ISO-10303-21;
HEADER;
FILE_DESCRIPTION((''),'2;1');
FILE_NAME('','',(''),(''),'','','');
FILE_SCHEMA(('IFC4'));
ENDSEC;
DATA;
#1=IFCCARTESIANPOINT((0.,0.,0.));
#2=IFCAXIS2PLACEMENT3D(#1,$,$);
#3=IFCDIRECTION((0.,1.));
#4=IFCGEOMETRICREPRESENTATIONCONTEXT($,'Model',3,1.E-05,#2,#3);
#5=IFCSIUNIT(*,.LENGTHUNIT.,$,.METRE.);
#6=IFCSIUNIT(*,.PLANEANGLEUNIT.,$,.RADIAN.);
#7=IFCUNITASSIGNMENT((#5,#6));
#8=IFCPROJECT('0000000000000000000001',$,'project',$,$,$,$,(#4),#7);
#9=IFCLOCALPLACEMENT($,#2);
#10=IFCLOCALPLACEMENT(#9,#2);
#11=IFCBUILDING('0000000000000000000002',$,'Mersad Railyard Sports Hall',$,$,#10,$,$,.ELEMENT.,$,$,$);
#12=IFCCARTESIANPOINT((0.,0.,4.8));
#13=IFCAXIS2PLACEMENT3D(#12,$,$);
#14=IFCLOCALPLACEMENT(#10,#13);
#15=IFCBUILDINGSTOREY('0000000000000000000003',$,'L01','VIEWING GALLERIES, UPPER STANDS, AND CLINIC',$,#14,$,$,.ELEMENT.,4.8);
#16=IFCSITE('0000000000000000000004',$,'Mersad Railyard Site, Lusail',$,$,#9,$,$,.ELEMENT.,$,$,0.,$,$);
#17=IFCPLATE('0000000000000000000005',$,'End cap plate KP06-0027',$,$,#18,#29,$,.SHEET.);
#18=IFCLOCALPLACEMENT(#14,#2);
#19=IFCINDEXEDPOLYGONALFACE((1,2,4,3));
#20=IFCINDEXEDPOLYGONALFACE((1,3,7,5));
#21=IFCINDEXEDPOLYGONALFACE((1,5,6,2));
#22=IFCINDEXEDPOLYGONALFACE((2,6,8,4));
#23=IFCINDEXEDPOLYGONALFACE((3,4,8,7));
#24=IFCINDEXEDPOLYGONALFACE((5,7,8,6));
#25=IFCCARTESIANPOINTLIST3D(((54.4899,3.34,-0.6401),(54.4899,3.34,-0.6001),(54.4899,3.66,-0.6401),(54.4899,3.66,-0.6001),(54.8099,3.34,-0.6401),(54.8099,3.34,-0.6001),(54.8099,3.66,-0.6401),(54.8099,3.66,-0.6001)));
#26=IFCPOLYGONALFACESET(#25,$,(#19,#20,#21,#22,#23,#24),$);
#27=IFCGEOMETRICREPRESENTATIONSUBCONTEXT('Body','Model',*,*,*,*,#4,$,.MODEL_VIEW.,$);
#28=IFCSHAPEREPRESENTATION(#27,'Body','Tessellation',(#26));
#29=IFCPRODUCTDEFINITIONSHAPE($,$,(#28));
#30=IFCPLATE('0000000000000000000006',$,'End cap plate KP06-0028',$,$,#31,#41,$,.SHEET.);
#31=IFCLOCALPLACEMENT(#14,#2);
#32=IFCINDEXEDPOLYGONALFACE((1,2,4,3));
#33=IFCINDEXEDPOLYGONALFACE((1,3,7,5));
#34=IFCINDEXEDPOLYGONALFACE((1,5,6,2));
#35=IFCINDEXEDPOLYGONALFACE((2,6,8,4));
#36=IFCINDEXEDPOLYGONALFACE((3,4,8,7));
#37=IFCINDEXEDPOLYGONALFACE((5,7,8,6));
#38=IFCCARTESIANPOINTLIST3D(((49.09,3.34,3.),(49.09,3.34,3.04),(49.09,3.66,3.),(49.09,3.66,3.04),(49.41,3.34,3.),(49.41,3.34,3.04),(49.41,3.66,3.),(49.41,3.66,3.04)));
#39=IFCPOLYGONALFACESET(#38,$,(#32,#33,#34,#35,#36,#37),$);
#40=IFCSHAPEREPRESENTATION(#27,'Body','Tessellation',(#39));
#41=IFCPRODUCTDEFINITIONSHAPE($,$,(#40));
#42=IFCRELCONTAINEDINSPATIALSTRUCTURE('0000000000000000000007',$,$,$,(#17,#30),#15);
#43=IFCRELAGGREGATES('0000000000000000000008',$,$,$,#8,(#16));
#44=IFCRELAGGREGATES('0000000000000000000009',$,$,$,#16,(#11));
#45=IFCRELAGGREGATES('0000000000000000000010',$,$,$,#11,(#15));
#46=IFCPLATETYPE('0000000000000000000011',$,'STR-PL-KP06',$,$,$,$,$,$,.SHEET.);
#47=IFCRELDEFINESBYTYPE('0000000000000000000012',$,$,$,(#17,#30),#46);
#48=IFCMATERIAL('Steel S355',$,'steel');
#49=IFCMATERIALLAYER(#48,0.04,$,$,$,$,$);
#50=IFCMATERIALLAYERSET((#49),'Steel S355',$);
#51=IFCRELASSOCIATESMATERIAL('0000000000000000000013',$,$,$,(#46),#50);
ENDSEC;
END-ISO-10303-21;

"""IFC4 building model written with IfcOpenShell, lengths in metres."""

from ifc_helpers import new_model, si_unit, direction, frame, origin, origin_2d, place, context, subcontext, project, spatial, rectangle, extrude, material, layer, layer_set, type_object, element, save


model = new_model("IFC4")

# Units and contexts
model_context = context("Model", 3, precision=1e-05, world=origin(), true_north=direction((0.0, 1.0)))
body_context = subcontext(model_context, "Body", "Model", "MODEL_VIEW")
ifc_project = project(units=[si_unit("LENGTHUNIT", "METRE"), si_unit("PLANEANGLEUNIT", "RADIAN")], contexts=[model_context])

# Site, building, storey
site_placement = place(None, origin())
site = spatial("IfcSite", under=ifc_project, at=site_placement, Name="Mersad Railyard Site, Lusail", CompositionType="ELEMENT", RefElevation=0.0)
building_placement = place(site_placement, origin())
building = spatial("IfcBuilding", under=site, at=building_placement, Name="Mersad Railyard Sports Hall", CompositionType="ELEMENT")
storey_placement = place(building_placement, frame((0.0, 0.0, 4.8)))
storey = spatial("IfcBuildingStorey", under=building, at=storey_placement, Name="L01", Description="VIEWING GALLERIES, UPPER STANDS, AND CLINIC", CompositionType="ELEMENT", Elevation=4.8)

# Shared definitions
ifc_material_1 = material(Name="Steel S355", Category="steel")

# Plates
ifc_layer_1 = layer(ifc_material_1, 0.04)
ifc_layer_set_1 = layer_set([ifc_layer_1], Name="Steel S355")
plate_type_1 = type_object("IfcPlateType", Name="STR-PL-KP06", PredefinedType="SHEET", material=ifc_layer_set_1)
for number, where, z_axis, x_axis, name in (
    (1, (54.6499, 3.5, -0.6401), (0.0, 0.0, 1.0), (1.0, 0.0, 0.0), "End cap plate KP06-0027"),
    (2, (49.25, 3.5, 3.0), (0.0, 0.0, 1.0), (1.0, 0.0, 0.0), "End cap plate KP06-0028"),
):
    element("IfcPlate", number, at=place(storey_placement, frame(where, z_axis=z_axis, x_axis=x_axis)), inside=storey, type_object=plate_type_1, Name=name, PredefinedType="SHEET", context=body_context, shape_type="SweptSolid", body=[
        extrude(rectangle(XDim=0.3201, YDim=0.3201, at=origin_2d()), origin(), (0.0, 0.0, 1.0), 0.04),
    ])

save(model, "model.ifc")
